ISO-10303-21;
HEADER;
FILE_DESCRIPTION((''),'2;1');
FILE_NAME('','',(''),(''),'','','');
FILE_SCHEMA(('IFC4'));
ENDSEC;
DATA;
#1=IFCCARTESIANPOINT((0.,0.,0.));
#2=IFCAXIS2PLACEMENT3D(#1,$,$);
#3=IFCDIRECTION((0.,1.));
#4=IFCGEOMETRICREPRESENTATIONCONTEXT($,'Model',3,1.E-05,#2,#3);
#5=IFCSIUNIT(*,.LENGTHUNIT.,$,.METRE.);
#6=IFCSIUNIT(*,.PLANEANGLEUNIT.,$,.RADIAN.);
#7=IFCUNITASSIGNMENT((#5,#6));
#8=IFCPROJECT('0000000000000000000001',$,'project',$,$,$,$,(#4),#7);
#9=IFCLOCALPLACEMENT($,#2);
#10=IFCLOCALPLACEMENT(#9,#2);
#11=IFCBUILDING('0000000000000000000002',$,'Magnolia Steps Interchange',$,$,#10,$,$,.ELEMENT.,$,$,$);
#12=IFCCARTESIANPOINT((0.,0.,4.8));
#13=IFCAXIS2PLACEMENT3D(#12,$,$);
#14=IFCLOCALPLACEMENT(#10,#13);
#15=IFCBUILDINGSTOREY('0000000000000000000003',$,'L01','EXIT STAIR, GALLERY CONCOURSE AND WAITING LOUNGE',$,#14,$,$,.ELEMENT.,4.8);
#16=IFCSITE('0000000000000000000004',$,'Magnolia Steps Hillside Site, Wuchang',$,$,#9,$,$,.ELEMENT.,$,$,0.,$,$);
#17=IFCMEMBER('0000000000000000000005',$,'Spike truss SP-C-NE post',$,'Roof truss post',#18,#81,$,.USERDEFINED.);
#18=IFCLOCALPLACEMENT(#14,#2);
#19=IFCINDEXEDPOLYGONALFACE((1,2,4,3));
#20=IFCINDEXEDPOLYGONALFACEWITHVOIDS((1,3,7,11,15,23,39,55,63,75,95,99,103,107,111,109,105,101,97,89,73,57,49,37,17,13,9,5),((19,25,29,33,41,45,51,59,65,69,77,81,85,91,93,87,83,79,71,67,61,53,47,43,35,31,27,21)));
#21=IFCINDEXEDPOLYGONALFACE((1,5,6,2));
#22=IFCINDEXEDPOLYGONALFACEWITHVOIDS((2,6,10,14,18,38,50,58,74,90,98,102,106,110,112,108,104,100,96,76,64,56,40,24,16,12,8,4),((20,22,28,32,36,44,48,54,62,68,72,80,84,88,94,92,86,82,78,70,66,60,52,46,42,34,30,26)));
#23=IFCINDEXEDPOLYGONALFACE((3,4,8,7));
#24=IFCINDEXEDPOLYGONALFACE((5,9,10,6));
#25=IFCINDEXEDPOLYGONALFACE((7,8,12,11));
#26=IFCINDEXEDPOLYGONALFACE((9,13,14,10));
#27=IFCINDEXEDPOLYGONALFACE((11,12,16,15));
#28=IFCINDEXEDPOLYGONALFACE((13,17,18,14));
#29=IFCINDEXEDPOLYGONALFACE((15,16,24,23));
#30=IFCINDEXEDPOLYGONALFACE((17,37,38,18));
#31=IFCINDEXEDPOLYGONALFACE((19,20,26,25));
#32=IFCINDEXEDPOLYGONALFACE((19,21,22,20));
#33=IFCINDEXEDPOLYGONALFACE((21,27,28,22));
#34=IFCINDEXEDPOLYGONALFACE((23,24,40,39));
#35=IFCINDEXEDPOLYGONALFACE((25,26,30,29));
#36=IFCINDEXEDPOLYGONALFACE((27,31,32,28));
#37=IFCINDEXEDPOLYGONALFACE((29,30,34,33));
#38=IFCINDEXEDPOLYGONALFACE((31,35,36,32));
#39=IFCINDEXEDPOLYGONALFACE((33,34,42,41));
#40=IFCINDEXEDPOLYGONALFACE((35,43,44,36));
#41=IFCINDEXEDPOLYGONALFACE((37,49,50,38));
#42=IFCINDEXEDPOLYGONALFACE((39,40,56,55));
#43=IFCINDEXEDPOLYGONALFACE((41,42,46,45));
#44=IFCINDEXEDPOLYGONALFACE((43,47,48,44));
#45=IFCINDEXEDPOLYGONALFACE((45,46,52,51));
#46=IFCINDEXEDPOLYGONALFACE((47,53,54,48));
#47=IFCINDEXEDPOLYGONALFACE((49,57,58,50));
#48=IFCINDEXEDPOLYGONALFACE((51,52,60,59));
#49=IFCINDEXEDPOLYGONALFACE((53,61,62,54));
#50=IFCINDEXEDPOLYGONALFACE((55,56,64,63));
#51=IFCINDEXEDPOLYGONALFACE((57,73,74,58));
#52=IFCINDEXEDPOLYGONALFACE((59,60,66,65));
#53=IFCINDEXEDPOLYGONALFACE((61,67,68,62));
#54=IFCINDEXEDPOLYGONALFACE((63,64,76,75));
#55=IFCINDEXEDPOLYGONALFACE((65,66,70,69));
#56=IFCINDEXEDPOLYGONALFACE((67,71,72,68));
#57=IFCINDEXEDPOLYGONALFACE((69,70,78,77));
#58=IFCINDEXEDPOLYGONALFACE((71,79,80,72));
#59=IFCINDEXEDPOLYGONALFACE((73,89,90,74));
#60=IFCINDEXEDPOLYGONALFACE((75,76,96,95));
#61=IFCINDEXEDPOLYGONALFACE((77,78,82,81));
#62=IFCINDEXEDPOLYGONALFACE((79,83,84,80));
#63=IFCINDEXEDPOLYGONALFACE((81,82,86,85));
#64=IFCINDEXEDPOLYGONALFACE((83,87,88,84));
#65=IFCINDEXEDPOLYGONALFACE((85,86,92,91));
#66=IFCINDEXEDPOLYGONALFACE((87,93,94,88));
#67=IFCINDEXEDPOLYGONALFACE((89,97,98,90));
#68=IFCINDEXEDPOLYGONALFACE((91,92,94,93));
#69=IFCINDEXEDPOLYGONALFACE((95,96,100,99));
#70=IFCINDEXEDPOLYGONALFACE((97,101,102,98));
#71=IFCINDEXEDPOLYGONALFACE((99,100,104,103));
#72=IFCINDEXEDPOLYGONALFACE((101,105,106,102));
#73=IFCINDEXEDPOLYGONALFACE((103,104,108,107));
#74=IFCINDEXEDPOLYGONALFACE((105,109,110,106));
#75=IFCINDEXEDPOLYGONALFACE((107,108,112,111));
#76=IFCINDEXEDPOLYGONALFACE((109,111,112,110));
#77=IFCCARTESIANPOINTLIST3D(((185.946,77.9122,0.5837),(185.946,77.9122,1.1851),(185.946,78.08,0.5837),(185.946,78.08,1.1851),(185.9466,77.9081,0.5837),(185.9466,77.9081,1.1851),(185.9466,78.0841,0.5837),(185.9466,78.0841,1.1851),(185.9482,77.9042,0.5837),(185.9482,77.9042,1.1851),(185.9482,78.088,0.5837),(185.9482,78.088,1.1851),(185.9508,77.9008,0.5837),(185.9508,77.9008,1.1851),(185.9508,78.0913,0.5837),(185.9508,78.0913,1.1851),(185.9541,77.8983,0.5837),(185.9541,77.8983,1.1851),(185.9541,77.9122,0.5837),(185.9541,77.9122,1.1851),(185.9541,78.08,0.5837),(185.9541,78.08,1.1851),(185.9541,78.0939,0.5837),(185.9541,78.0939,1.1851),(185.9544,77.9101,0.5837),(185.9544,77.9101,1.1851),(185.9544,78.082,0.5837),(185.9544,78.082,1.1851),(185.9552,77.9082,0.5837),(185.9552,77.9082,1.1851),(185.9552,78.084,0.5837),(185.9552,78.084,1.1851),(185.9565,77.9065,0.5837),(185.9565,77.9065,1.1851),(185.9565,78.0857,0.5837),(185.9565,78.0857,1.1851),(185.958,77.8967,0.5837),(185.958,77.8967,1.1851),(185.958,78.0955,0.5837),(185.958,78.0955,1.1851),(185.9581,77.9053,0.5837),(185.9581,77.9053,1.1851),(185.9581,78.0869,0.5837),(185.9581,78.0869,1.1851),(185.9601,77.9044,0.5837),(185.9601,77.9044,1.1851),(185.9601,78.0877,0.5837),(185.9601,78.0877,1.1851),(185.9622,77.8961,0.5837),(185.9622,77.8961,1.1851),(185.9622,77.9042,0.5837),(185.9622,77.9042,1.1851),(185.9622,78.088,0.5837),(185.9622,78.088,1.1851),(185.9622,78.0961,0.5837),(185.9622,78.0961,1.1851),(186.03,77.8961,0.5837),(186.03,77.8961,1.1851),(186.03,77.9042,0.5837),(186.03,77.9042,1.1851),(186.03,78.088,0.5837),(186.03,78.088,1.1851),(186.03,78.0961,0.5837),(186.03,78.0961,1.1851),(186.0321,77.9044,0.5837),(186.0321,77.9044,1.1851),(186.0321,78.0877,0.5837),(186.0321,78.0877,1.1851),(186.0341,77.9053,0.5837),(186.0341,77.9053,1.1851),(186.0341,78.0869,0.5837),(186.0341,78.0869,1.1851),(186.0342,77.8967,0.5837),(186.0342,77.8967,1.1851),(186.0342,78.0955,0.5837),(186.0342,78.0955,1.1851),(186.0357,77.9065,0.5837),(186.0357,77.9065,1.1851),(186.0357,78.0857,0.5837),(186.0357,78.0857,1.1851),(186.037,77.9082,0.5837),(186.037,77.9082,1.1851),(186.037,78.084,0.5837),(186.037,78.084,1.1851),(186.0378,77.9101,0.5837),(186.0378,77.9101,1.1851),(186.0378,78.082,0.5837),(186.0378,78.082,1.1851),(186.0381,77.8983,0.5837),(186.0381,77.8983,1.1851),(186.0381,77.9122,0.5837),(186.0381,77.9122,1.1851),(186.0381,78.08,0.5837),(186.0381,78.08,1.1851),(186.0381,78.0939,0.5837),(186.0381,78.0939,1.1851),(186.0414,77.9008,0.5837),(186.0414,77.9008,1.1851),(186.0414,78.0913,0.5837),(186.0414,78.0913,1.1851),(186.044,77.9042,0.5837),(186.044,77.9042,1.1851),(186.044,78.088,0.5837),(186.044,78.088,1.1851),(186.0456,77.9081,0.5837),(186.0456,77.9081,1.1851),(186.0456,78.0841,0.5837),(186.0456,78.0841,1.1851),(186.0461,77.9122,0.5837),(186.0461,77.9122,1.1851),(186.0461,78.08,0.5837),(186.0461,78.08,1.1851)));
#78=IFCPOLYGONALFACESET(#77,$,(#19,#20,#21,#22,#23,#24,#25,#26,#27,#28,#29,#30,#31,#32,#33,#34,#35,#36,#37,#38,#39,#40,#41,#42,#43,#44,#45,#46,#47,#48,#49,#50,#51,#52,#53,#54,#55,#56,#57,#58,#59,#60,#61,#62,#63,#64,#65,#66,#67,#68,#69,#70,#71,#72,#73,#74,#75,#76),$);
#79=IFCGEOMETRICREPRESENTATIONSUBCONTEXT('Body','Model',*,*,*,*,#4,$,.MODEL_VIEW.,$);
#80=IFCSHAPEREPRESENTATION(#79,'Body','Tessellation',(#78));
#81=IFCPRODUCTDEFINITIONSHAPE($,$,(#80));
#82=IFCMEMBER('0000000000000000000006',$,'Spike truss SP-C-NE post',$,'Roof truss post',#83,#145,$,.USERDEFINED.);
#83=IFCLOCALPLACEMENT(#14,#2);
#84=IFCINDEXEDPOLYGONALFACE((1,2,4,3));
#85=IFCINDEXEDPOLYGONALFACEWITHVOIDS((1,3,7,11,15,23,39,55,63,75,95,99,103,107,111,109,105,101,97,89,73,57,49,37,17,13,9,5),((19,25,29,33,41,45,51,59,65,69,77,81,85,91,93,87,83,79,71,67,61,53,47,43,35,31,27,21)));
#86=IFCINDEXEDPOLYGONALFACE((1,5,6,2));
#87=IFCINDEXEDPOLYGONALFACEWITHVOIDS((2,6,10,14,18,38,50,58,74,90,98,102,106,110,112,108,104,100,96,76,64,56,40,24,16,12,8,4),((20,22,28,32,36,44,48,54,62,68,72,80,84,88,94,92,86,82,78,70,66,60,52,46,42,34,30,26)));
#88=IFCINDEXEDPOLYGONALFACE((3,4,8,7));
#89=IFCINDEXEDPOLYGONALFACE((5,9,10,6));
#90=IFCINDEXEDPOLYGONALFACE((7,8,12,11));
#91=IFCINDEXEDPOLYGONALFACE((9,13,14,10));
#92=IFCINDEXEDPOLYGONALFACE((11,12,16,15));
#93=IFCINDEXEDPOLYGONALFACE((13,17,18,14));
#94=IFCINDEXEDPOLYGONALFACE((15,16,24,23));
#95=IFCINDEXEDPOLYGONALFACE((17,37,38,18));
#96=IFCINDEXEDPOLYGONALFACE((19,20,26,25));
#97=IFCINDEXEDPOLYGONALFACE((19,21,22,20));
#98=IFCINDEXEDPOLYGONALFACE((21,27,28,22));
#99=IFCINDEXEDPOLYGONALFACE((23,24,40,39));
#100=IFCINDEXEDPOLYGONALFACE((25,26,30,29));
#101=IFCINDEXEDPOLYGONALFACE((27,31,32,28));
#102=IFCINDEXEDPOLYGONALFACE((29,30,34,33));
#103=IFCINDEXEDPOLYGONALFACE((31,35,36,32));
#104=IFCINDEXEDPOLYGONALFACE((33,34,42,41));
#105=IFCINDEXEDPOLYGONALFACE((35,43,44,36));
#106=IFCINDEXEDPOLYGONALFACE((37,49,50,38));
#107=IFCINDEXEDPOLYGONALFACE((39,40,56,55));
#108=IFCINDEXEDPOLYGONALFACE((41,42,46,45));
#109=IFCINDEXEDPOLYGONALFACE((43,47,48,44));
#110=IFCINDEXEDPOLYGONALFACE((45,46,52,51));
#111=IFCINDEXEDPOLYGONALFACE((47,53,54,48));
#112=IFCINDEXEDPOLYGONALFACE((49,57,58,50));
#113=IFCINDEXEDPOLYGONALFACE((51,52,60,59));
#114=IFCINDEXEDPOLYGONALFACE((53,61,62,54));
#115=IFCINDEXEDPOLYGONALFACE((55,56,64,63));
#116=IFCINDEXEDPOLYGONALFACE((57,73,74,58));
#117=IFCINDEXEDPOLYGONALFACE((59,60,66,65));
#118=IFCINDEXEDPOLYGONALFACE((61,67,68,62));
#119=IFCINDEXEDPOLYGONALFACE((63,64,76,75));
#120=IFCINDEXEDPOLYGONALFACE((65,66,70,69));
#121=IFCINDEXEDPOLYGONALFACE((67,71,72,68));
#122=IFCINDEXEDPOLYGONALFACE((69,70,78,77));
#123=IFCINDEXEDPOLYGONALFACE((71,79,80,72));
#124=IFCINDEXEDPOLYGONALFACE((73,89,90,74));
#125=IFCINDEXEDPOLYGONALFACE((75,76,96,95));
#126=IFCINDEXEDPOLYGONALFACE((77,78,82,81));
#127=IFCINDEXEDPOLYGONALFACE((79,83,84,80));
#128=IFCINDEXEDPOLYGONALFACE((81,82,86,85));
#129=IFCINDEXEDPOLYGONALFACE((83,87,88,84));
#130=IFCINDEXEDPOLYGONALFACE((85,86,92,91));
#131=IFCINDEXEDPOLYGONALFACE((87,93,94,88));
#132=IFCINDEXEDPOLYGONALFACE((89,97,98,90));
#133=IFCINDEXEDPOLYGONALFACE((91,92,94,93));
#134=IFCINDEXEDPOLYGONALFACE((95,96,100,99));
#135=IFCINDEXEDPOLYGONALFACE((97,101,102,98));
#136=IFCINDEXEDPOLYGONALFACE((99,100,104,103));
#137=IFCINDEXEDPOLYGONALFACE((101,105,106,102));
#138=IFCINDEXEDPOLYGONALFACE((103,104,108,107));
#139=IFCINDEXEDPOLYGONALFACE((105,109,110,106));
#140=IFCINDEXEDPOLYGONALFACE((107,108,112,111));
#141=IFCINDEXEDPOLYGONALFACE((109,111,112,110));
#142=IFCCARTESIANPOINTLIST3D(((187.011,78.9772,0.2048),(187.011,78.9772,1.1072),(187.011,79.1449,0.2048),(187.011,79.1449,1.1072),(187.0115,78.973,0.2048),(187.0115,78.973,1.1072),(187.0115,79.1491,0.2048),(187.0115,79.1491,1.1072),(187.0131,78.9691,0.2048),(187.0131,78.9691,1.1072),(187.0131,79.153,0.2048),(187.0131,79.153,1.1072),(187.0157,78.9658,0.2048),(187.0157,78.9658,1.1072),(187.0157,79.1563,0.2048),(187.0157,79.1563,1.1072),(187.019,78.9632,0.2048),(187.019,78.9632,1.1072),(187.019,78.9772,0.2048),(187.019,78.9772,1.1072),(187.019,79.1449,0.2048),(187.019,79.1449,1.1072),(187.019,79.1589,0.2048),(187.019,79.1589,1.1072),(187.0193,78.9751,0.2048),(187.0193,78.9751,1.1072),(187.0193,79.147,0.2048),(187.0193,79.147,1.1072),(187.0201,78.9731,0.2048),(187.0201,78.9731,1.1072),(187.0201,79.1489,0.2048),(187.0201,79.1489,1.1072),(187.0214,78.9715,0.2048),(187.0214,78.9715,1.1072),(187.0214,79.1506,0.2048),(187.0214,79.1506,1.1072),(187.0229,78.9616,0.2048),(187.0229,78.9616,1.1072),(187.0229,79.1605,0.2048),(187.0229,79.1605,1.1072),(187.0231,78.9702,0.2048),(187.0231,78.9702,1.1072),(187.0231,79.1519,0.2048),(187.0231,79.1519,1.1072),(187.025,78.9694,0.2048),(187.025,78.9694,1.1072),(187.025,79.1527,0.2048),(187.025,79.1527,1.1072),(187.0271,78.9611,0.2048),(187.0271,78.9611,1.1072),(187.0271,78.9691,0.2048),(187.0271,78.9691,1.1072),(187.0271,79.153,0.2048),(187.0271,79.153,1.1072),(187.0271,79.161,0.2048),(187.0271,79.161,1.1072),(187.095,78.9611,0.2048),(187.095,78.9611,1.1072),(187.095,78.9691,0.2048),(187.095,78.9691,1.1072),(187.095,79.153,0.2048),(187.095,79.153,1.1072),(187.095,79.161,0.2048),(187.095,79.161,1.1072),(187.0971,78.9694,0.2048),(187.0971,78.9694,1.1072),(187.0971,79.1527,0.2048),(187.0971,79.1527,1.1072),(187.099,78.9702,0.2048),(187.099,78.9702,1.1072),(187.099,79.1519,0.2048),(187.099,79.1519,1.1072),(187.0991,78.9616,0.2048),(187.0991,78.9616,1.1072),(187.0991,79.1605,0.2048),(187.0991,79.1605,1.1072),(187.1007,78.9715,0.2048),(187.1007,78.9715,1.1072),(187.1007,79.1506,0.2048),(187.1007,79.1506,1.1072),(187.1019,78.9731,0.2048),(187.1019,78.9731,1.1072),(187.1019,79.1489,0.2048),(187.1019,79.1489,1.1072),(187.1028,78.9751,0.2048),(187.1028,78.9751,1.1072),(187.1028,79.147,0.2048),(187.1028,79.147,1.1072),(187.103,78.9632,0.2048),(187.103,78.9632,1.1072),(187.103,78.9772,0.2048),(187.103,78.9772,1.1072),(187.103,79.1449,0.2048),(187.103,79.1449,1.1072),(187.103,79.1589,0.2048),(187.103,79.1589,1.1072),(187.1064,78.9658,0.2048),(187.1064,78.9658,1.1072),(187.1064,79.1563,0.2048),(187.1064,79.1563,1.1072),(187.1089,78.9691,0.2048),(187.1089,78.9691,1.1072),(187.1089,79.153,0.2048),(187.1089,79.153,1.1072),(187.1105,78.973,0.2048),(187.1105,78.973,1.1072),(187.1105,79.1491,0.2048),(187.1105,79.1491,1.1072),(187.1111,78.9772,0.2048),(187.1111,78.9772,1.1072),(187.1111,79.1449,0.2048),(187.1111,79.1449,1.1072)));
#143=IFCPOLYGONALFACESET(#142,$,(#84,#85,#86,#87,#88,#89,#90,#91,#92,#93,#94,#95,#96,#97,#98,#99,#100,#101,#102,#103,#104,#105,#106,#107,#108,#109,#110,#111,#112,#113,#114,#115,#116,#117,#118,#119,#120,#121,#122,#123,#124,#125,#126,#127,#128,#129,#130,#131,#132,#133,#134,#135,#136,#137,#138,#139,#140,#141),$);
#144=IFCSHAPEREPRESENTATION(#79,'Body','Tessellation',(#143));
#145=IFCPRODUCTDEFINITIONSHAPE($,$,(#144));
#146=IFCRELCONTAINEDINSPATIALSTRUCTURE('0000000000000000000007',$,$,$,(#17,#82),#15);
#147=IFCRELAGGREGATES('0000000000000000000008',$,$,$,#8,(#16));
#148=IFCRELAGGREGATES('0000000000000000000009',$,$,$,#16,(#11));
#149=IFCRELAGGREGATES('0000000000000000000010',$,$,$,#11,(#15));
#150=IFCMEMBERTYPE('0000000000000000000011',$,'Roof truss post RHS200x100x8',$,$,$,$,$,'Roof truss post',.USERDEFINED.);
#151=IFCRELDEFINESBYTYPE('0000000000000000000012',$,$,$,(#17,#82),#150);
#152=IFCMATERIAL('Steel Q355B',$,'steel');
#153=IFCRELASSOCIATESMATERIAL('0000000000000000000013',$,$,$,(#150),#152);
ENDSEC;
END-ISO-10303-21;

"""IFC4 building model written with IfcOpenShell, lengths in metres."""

from ifc_helpers import new_model, si_unit, direction, frame, origin, origin_2d, place, context, subcontext, project, spatial, hollow_rectangle, extrude, material, material_profile, profile_set, type_object, element, save


model = new_model("IFC4")

# Units and contexts
model_context = context("Model", 3, precision=1e-05, world=origin(), true_north=direction((0.0, 1.0)))
body_context = subcontext(model_context, "Body", "Model", "MODEL_VIEW")
ifc_project = project(units=[si_unit("LENGTHUNIT", "METRE"), si_unit("PLANEANGLEUNIT", "RADIAN")], contexts=[model_context])

# Site, building, storey
site_placement = place(None, origin())
site = spatial("IfcSite", under=ifc_project, at=site_placement, Name="Magnolia Steps Hillside Site, Wuchang", CompositionType="ELEMENT", RefElevation=0.0)
building_placement = place(site_placement, origin())
building = spatial("IfcBuilding", under=site, at=building_placement, Name="Magnolia Steps Interchange", CompositionType="ELEMENT")
storey_placement = place(building_placement, frame((0.0, 0.0, 4.8)))
storey = spatial("IfcBuildingStorey", under=building, at=storey_placement, Name="L01", Description="EXIT STAIR, GALLERY CONCOURSE AND WAITING LOUNGE", CompositionType="ELEMENT", Elevation=4.8)

# Members
ifc_material_1 = material(Name="Steel Q355B", Category="steel")
ifc_material_profile_1 = material_profile(ifc_material_1, hollow_rectangle(XDim=0.1001, YDim=0.2, WallThickness=0.0081, InnerFilletRadius=0.0081, OuterFilletRadius=0.0161, at=origin_2d()), Name="RHS200x100x8")
ifc_profile_set_1 = profile_set([ifc_material_profile_1], Name="Steel Q355B")
member_type_1 = type_object("IfcMemberType", Name="Roof truss post RHS200x100x8", ElementType="Roof truss post", PredefinedType="USERDEFINED", material=ifc_profile_set_1)
member_1_placement = place(storey_placement, frame((185.9961, 77.9961, 0.5837), z_axis=(0.0, 0.0, 1.0), x_axis=(1.0, 0.0, 0.0)))
element("IfcMember", 1, at=member_1_placement, inside=storey, type_object=member_type_1, Name="Spike truss SP-C-NE post", ObjectType="Roof truss post", PredefinedType="USERDEFINED", context=body_context, shape_type="SweptSolid", body=[
    extrude(hollow_rectangle(XDim=0.1001, YDim=0.2, WallThickness=0.0081, InnerFilletRadius=0.0081, OuterFilletRadius=0.0161, at=origin_2d()), origin(), (0.0, 0.0, 1.0), 0.6013),
])
member_2_placement = place(storey_placement, frame((187.061, 79.061, 0.2048), z_axis=(0.0, 0.0, 1.0), x_axis=(1.0, 0.0, 0.0)))
element("IfcMember", 2, at=member_2_placement, inside=storey, type_object=member_type_1, Name="Spike truss SP-C-NE post", ObjectType="Roof truss post", PredefinedType="USERDEFINED", context=body_context, shape_type="SweptSolid", body=[
    extrude(hollow_rectangle(XDim=0.1001, YDim=0.2, WallThickness=0.0081, InnerFilletRadius=0.0081, OuterFilletRadius=0.0161, at=origin_2d()), origin(), (0.0, 0.0, 1.0), 0.9023),
])

save(model, "model.ifc")
